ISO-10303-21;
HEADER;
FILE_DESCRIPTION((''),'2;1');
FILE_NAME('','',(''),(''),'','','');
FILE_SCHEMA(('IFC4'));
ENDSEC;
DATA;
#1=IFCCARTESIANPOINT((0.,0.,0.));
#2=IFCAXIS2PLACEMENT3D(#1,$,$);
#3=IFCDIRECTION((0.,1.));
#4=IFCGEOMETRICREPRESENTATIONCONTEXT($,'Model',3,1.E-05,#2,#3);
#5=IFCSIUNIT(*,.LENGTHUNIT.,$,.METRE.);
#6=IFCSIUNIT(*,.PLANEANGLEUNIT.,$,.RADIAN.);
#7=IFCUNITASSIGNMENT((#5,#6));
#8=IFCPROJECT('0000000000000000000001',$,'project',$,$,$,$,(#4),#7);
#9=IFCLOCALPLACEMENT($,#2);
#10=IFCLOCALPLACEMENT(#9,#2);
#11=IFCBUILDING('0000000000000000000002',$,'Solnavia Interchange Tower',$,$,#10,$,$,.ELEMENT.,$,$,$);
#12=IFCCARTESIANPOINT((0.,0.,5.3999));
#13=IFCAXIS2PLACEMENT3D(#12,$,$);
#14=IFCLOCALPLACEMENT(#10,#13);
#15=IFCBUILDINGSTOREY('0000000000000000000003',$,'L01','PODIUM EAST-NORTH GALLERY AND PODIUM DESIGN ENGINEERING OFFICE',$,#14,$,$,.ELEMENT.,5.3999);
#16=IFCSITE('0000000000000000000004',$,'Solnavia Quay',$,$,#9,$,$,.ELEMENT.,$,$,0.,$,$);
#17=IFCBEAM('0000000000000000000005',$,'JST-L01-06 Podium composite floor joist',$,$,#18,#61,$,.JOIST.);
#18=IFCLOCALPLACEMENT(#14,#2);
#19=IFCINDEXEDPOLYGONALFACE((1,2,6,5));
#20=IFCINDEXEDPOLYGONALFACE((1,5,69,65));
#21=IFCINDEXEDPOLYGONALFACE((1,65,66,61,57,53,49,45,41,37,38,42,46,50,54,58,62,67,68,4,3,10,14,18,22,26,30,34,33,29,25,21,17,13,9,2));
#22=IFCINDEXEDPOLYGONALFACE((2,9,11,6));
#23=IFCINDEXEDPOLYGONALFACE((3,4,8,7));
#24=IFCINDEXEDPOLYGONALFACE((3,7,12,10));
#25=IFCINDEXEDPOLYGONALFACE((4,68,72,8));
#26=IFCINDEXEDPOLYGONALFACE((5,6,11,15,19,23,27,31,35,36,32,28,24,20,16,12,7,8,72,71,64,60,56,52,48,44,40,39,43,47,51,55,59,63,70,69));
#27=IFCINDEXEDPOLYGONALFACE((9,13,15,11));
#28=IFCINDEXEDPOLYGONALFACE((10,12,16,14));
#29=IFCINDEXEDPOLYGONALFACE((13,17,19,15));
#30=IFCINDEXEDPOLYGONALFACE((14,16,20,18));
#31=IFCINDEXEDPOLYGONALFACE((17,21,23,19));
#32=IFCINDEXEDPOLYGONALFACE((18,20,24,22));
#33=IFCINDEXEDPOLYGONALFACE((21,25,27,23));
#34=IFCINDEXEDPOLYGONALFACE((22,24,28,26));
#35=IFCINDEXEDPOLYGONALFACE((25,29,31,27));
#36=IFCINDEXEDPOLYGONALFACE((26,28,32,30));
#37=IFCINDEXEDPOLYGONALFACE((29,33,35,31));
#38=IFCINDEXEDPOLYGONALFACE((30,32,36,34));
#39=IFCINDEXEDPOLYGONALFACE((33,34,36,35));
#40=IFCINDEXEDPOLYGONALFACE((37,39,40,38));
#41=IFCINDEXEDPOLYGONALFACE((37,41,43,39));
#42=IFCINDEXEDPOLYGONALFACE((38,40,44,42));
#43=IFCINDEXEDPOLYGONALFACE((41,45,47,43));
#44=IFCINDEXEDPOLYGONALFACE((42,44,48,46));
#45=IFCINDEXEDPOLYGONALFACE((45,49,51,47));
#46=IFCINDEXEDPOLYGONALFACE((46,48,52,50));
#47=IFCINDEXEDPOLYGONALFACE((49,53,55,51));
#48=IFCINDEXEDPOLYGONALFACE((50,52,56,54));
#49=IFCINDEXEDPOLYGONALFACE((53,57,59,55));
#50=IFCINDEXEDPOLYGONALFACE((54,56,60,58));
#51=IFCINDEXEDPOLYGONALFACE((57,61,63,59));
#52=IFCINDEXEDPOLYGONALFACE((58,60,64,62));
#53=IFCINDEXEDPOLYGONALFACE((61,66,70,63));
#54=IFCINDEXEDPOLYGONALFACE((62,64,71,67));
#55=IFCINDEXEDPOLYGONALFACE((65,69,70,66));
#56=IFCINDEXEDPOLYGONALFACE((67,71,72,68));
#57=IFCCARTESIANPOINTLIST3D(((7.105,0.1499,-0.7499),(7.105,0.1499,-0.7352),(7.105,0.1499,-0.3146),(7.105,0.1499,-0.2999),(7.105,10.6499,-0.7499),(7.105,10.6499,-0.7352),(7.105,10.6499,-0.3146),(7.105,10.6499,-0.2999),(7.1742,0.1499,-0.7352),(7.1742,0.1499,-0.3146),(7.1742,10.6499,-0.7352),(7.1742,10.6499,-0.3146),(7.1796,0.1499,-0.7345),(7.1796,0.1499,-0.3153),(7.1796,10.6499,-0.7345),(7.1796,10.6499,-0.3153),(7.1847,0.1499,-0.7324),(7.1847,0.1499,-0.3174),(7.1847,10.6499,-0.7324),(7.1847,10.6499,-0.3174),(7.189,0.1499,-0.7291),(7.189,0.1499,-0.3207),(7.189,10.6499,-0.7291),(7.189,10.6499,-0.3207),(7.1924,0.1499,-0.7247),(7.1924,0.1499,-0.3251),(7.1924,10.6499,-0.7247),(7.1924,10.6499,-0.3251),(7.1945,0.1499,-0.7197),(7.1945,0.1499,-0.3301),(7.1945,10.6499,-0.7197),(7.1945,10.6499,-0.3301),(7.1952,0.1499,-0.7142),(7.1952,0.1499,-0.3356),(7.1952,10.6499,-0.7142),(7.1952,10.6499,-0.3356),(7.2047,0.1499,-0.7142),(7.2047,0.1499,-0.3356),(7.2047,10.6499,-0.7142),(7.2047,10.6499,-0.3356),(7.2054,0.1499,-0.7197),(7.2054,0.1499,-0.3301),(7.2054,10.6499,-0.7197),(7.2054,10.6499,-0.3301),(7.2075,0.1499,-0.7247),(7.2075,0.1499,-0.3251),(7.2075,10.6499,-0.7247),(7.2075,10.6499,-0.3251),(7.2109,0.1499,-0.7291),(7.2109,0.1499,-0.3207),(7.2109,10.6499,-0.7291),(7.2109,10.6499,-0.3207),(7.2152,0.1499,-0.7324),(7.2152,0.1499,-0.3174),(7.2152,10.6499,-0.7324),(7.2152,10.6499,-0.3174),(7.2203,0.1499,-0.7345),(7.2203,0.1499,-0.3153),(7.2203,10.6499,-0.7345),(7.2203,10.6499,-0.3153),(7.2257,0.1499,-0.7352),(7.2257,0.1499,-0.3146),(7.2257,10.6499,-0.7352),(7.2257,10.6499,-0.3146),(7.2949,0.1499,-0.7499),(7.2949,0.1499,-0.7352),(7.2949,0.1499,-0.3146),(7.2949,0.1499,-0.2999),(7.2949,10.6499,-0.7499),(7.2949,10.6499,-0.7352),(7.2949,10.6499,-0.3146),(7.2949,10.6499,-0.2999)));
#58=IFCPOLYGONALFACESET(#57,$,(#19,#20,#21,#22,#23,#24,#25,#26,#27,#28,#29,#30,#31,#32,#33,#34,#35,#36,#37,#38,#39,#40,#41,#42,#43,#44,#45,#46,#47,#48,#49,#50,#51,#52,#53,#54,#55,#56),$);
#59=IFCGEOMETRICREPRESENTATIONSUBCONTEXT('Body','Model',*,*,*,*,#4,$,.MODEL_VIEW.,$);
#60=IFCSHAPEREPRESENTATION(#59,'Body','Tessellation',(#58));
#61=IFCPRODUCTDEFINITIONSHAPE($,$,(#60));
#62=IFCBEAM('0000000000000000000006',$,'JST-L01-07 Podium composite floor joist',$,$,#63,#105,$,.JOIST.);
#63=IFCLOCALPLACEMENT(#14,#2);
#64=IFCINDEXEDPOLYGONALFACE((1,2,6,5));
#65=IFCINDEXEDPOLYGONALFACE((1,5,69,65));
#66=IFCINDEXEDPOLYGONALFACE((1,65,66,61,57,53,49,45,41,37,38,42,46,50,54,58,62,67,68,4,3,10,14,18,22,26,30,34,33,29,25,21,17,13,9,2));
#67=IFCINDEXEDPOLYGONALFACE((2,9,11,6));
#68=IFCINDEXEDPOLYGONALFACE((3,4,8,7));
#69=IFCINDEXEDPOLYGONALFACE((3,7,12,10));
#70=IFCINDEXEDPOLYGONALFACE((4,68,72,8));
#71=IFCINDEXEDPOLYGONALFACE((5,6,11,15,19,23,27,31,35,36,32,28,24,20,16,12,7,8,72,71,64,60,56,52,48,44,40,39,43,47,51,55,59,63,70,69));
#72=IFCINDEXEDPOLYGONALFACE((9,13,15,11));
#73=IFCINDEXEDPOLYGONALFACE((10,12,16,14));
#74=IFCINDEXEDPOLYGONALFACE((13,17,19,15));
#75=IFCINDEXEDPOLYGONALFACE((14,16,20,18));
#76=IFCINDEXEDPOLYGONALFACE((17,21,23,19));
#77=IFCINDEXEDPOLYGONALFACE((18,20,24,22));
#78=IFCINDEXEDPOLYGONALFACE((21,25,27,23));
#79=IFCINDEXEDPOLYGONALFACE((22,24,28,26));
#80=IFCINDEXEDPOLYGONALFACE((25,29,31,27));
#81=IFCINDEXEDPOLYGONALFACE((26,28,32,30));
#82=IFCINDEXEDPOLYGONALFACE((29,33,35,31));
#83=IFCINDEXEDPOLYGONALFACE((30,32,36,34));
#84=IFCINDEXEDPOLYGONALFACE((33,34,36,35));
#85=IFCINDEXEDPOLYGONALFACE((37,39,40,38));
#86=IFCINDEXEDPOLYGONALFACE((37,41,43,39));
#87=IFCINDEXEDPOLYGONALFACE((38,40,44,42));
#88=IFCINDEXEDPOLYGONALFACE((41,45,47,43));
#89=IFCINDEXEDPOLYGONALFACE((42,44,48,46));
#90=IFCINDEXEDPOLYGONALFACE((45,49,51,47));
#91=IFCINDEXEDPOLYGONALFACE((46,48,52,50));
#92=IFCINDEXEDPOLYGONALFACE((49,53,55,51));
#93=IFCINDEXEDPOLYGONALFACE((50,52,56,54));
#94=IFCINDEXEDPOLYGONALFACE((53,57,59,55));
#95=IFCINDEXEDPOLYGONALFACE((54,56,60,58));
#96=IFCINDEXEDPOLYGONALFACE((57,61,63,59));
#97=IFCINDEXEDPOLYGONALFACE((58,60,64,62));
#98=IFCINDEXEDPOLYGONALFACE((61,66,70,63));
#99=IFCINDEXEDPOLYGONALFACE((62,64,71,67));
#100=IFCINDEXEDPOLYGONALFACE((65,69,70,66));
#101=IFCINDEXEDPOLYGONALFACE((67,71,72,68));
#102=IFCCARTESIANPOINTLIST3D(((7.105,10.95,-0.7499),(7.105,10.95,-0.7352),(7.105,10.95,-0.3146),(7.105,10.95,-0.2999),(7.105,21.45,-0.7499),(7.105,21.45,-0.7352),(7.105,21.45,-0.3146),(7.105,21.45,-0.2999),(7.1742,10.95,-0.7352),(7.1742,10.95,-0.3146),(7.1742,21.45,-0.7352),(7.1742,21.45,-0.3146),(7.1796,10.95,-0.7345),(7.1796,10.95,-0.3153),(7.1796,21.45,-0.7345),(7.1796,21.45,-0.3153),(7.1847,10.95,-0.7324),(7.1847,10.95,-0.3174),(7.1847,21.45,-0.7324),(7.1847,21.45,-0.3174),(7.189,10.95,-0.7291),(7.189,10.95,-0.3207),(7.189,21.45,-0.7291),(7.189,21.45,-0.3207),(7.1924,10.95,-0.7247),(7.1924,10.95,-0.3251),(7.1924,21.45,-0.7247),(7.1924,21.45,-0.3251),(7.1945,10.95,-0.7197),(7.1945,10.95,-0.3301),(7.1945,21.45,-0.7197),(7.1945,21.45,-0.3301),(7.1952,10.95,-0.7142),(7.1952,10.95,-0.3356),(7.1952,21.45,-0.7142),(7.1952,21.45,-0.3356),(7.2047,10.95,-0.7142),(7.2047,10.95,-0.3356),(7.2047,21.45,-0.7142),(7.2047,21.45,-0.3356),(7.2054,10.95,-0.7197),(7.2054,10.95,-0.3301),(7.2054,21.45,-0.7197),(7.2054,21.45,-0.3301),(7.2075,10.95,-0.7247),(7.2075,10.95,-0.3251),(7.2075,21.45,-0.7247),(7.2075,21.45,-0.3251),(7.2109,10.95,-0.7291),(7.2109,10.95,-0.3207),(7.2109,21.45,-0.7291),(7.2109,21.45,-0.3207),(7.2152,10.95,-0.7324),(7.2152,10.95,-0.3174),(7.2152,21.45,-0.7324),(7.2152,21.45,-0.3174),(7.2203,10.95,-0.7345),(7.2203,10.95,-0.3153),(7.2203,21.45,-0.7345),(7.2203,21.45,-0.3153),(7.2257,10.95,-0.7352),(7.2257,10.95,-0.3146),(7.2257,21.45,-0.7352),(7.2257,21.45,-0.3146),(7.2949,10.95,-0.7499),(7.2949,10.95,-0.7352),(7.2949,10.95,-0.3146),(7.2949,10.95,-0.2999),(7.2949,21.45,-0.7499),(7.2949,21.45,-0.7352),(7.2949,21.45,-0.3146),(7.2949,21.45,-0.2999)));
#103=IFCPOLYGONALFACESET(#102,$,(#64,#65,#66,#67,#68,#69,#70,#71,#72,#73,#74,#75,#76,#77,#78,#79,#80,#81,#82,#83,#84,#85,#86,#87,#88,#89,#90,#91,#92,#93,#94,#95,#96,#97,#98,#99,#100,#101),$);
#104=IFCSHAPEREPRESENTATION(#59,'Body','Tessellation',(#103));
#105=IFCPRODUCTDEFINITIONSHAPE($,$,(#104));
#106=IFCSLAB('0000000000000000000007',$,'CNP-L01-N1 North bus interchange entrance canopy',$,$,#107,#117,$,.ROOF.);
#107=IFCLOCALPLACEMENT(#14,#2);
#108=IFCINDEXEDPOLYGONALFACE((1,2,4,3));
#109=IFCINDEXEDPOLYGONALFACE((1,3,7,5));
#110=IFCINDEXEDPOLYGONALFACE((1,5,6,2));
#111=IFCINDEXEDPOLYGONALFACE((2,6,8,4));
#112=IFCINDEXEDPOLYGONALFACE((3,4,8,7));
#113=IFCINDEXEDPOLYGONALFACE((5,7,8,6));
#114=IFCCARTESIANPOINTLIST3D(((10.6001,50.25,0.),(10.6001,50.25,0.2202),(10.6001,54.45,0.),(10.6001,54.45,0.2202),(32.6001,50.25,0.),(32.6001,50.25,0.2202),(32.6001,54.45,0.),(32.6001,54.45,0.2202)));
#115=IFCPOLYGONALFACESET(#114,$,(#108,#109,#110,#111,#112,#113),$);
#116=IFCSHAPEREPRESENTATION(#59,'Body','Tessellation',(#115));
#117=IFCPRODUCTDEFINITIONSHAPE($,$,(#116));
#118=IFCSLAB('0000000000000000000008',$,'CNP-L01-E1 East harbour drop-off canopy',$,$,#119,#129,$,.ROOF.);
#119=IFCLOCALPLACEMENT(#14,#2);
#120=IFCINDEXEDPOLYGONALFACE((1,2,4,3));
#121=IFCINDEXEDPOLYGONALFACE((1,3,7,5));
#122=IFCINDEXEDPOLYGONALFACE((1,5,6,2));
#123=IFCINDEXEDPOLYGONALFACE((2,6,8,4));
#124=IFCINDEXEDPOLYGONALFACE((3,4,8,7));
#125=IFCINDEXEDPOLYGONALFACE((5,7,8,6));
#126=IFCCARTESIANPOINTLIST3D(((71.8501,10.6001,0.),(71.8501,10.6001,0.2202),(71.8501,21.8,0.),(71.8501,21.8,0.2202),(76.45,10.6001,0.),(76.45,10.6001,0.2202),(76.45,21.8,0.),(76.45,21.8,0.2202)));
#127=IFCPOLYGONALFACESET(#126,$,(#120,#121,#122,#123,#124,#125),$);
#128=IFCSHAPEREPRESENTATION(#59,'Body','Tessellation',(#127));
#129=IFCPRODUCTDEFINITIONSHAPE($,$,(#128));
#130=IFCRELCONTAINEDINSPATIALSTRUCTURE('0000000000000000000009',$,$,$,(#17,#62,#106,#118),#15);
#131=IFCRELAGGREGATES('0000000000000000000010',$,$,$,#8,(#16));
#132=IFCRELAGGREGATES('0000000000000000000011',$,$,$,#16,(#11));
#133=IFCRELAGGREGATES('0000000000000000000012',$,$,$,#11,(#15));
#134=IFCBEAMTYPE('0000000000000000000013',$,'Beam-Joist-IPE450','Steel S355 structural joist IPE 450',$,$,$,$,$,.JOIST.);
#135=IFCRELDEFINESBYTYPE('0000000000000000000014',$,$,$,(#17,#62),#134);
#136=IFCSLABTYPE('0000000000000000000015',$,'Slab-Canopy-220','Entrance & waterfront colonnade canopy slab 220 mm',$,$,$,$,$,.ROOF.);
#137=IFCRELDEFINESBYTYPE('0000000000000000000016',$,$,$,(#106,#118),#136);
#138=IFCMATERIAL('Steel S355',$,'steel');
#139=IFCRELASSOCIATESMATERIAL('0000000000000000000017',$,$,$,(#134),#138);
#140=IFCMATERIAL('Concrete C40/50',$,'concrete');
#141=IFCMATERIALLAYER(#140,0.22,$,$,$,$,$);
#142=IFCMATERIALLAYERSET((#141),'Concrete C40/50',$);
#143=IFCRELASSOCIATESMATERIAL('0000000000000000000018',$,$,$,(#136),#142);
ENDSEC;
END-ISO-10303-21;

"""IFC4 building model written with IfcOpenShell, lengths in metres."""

from ifc_helpers import new_model, si_unit, direction, frame, origin, origin_2d, place, context, subcontext, project, spatial, polyline, i_section, outline, extrude, material, layer, layer_set, material_profile, profile_set, type_object, element, save


model = new_model("IFC4")

# Units and contexts
model_context = context("Model", 3, precision=1e-05, world=origin(), true_north=direction((0.0, 1.0)))
body_context = subcontext(model_context, "Body", "Model", "MODEL_VIEW")
ifc_project = project(units=[si_unit("LENGTHUNIT", "METRE"), si_unit("PLANEANGLEUNIT", "RADIAN")], contexts=[model_context])

# Site, building, storey
site_placement = place(None, origin())
site = spatial("IfcSite", under=ifc_project, at=site_placement, Name="Solnavia Quay", CompositionType="ELEMENT", RefElevation=0.0)
building_placement = place(site_placement, origin())
building = spatial("IfcBuilding", under=site, at=building_placement, Name="Solnavia Interchange Tower", CompositionType="ELEMENT")
storey_placement = place(building_placement, frame((0.0, 0.0, 5.3999)))
storey = spatial("IfcBuildingStorey", under=building, at=storey_placement, Name="L01", Description="PODIUM EAST-NORTH GALLERY AND PODIUM DESIGN ENGINEERING OFFICE", CompositionType="ELEMENT", Elevation=5.3999)

# Beams
ifc_material_1 = material(Name="Steel S355", Category="steel")
ifc_material_profile_1 = material_profile(ifc_material_1, i_section(OverallWidth=0.1899, OverallDepth=0.45, WebThickness=0.0095, FlangeThickness=0.0146, FilletRadius=0.021, at=origin_2d()), Name="IPE 450")
ifc_profile_set_1 = profile_set([ifc_material_profile_1], Name="Steel S355")
beam_type_1 = type_object("IfcBeamType", Name="Beam-Joist-IPE450", Description="Steel S355 structural joist IPE 450", PredefinedType="JOIST", material=ifc_profile_set_1)
for number, where, z_axis, x_axis, name in (
    (1, (7.2, 0.1499, -0.5249), (0.0, 1.0, 0.0), (-1.0, 0.0, 0.0), "JST-L01-06 Podium composite floor joist"),
    (2, (7.2, 10.95, -0.5249), (0.0, 1.0, 0.0), (-1.0, 0.0, 0.0), "JST-L01-07 Podium composite floor joist"),
):
    element("IfcBeam", number, at=place(storey_placement, frame(where, z_axis=z_axis, x_axis=x_axis)), inside=storey, type_object=beam_type_1, Name=name, PredefinedType="JOIST", context=body_context, shape_type="SweptSolid", body=[
        extrude(i_section(OverallWidth=0.1899, OverallDepth=0.45, WebThickness=0.0095, FlangeThickness=0.0146, FilletRadius=0.021, at=origin_2d()), origin(), (0.0, 0.0, 1.0), 10.5),
    ])

# Slabs
ifc_material_2 = material(Name="Concrete C40/50", Category="concrete")
ifc_layer_1 = layer(ifc_material_2, 0.22)
ifc_layer_set_1 = layer_set([ifc_layer_1], Name="Concrete C40/50")
slab_type_1 = type_object("IfcSlabType", Name="Slab-Canopy-220", Description="Entrance & waterfront colonnade canopy slab 220 mm", PredefinedType="ROOF", material=ifc_layer_set_1)
slab_1_placement = place(storey_placement, origin())
element("IfcSlab", 3, at=slab_1_placement, inside=storey, type_object=slab_type_1, Name="CNP-L01-N1 North bus interchange entrance canopy", PredefinedType="ROOF", context=body_context, shape_type="SweptSolid", body=[
    extrude(outline(polyline([(10.6001, 50.25), (32.6001, 50.25), (32.6001, 54.45), (10.6001, 54.45), (10.6001, 50.25)])), origin(), (0.0, 0.0, 1.0), 0.2202),
])
slab_2_placement = place(storey_placement, origin())
element("IfcSlab", 4, at=slab_2_placement, inside=storey, type_object=slab_type_1, Name="CNP-L01-E1 East harbour drop-off canopy", PredefinedType="ROOF", context=body_context, shape_type="SweptSolid", body=[
    extrude(outline(polyline([(71.8501, 10.6001), (76.45, 10.6001), (76.45, 21.8), (71.8501, 21.8), (71.8501, 10.6001)])), origin(), (0.0, 0.0, 1.0), 0.2202),
])

save(model, "model.ifc")
